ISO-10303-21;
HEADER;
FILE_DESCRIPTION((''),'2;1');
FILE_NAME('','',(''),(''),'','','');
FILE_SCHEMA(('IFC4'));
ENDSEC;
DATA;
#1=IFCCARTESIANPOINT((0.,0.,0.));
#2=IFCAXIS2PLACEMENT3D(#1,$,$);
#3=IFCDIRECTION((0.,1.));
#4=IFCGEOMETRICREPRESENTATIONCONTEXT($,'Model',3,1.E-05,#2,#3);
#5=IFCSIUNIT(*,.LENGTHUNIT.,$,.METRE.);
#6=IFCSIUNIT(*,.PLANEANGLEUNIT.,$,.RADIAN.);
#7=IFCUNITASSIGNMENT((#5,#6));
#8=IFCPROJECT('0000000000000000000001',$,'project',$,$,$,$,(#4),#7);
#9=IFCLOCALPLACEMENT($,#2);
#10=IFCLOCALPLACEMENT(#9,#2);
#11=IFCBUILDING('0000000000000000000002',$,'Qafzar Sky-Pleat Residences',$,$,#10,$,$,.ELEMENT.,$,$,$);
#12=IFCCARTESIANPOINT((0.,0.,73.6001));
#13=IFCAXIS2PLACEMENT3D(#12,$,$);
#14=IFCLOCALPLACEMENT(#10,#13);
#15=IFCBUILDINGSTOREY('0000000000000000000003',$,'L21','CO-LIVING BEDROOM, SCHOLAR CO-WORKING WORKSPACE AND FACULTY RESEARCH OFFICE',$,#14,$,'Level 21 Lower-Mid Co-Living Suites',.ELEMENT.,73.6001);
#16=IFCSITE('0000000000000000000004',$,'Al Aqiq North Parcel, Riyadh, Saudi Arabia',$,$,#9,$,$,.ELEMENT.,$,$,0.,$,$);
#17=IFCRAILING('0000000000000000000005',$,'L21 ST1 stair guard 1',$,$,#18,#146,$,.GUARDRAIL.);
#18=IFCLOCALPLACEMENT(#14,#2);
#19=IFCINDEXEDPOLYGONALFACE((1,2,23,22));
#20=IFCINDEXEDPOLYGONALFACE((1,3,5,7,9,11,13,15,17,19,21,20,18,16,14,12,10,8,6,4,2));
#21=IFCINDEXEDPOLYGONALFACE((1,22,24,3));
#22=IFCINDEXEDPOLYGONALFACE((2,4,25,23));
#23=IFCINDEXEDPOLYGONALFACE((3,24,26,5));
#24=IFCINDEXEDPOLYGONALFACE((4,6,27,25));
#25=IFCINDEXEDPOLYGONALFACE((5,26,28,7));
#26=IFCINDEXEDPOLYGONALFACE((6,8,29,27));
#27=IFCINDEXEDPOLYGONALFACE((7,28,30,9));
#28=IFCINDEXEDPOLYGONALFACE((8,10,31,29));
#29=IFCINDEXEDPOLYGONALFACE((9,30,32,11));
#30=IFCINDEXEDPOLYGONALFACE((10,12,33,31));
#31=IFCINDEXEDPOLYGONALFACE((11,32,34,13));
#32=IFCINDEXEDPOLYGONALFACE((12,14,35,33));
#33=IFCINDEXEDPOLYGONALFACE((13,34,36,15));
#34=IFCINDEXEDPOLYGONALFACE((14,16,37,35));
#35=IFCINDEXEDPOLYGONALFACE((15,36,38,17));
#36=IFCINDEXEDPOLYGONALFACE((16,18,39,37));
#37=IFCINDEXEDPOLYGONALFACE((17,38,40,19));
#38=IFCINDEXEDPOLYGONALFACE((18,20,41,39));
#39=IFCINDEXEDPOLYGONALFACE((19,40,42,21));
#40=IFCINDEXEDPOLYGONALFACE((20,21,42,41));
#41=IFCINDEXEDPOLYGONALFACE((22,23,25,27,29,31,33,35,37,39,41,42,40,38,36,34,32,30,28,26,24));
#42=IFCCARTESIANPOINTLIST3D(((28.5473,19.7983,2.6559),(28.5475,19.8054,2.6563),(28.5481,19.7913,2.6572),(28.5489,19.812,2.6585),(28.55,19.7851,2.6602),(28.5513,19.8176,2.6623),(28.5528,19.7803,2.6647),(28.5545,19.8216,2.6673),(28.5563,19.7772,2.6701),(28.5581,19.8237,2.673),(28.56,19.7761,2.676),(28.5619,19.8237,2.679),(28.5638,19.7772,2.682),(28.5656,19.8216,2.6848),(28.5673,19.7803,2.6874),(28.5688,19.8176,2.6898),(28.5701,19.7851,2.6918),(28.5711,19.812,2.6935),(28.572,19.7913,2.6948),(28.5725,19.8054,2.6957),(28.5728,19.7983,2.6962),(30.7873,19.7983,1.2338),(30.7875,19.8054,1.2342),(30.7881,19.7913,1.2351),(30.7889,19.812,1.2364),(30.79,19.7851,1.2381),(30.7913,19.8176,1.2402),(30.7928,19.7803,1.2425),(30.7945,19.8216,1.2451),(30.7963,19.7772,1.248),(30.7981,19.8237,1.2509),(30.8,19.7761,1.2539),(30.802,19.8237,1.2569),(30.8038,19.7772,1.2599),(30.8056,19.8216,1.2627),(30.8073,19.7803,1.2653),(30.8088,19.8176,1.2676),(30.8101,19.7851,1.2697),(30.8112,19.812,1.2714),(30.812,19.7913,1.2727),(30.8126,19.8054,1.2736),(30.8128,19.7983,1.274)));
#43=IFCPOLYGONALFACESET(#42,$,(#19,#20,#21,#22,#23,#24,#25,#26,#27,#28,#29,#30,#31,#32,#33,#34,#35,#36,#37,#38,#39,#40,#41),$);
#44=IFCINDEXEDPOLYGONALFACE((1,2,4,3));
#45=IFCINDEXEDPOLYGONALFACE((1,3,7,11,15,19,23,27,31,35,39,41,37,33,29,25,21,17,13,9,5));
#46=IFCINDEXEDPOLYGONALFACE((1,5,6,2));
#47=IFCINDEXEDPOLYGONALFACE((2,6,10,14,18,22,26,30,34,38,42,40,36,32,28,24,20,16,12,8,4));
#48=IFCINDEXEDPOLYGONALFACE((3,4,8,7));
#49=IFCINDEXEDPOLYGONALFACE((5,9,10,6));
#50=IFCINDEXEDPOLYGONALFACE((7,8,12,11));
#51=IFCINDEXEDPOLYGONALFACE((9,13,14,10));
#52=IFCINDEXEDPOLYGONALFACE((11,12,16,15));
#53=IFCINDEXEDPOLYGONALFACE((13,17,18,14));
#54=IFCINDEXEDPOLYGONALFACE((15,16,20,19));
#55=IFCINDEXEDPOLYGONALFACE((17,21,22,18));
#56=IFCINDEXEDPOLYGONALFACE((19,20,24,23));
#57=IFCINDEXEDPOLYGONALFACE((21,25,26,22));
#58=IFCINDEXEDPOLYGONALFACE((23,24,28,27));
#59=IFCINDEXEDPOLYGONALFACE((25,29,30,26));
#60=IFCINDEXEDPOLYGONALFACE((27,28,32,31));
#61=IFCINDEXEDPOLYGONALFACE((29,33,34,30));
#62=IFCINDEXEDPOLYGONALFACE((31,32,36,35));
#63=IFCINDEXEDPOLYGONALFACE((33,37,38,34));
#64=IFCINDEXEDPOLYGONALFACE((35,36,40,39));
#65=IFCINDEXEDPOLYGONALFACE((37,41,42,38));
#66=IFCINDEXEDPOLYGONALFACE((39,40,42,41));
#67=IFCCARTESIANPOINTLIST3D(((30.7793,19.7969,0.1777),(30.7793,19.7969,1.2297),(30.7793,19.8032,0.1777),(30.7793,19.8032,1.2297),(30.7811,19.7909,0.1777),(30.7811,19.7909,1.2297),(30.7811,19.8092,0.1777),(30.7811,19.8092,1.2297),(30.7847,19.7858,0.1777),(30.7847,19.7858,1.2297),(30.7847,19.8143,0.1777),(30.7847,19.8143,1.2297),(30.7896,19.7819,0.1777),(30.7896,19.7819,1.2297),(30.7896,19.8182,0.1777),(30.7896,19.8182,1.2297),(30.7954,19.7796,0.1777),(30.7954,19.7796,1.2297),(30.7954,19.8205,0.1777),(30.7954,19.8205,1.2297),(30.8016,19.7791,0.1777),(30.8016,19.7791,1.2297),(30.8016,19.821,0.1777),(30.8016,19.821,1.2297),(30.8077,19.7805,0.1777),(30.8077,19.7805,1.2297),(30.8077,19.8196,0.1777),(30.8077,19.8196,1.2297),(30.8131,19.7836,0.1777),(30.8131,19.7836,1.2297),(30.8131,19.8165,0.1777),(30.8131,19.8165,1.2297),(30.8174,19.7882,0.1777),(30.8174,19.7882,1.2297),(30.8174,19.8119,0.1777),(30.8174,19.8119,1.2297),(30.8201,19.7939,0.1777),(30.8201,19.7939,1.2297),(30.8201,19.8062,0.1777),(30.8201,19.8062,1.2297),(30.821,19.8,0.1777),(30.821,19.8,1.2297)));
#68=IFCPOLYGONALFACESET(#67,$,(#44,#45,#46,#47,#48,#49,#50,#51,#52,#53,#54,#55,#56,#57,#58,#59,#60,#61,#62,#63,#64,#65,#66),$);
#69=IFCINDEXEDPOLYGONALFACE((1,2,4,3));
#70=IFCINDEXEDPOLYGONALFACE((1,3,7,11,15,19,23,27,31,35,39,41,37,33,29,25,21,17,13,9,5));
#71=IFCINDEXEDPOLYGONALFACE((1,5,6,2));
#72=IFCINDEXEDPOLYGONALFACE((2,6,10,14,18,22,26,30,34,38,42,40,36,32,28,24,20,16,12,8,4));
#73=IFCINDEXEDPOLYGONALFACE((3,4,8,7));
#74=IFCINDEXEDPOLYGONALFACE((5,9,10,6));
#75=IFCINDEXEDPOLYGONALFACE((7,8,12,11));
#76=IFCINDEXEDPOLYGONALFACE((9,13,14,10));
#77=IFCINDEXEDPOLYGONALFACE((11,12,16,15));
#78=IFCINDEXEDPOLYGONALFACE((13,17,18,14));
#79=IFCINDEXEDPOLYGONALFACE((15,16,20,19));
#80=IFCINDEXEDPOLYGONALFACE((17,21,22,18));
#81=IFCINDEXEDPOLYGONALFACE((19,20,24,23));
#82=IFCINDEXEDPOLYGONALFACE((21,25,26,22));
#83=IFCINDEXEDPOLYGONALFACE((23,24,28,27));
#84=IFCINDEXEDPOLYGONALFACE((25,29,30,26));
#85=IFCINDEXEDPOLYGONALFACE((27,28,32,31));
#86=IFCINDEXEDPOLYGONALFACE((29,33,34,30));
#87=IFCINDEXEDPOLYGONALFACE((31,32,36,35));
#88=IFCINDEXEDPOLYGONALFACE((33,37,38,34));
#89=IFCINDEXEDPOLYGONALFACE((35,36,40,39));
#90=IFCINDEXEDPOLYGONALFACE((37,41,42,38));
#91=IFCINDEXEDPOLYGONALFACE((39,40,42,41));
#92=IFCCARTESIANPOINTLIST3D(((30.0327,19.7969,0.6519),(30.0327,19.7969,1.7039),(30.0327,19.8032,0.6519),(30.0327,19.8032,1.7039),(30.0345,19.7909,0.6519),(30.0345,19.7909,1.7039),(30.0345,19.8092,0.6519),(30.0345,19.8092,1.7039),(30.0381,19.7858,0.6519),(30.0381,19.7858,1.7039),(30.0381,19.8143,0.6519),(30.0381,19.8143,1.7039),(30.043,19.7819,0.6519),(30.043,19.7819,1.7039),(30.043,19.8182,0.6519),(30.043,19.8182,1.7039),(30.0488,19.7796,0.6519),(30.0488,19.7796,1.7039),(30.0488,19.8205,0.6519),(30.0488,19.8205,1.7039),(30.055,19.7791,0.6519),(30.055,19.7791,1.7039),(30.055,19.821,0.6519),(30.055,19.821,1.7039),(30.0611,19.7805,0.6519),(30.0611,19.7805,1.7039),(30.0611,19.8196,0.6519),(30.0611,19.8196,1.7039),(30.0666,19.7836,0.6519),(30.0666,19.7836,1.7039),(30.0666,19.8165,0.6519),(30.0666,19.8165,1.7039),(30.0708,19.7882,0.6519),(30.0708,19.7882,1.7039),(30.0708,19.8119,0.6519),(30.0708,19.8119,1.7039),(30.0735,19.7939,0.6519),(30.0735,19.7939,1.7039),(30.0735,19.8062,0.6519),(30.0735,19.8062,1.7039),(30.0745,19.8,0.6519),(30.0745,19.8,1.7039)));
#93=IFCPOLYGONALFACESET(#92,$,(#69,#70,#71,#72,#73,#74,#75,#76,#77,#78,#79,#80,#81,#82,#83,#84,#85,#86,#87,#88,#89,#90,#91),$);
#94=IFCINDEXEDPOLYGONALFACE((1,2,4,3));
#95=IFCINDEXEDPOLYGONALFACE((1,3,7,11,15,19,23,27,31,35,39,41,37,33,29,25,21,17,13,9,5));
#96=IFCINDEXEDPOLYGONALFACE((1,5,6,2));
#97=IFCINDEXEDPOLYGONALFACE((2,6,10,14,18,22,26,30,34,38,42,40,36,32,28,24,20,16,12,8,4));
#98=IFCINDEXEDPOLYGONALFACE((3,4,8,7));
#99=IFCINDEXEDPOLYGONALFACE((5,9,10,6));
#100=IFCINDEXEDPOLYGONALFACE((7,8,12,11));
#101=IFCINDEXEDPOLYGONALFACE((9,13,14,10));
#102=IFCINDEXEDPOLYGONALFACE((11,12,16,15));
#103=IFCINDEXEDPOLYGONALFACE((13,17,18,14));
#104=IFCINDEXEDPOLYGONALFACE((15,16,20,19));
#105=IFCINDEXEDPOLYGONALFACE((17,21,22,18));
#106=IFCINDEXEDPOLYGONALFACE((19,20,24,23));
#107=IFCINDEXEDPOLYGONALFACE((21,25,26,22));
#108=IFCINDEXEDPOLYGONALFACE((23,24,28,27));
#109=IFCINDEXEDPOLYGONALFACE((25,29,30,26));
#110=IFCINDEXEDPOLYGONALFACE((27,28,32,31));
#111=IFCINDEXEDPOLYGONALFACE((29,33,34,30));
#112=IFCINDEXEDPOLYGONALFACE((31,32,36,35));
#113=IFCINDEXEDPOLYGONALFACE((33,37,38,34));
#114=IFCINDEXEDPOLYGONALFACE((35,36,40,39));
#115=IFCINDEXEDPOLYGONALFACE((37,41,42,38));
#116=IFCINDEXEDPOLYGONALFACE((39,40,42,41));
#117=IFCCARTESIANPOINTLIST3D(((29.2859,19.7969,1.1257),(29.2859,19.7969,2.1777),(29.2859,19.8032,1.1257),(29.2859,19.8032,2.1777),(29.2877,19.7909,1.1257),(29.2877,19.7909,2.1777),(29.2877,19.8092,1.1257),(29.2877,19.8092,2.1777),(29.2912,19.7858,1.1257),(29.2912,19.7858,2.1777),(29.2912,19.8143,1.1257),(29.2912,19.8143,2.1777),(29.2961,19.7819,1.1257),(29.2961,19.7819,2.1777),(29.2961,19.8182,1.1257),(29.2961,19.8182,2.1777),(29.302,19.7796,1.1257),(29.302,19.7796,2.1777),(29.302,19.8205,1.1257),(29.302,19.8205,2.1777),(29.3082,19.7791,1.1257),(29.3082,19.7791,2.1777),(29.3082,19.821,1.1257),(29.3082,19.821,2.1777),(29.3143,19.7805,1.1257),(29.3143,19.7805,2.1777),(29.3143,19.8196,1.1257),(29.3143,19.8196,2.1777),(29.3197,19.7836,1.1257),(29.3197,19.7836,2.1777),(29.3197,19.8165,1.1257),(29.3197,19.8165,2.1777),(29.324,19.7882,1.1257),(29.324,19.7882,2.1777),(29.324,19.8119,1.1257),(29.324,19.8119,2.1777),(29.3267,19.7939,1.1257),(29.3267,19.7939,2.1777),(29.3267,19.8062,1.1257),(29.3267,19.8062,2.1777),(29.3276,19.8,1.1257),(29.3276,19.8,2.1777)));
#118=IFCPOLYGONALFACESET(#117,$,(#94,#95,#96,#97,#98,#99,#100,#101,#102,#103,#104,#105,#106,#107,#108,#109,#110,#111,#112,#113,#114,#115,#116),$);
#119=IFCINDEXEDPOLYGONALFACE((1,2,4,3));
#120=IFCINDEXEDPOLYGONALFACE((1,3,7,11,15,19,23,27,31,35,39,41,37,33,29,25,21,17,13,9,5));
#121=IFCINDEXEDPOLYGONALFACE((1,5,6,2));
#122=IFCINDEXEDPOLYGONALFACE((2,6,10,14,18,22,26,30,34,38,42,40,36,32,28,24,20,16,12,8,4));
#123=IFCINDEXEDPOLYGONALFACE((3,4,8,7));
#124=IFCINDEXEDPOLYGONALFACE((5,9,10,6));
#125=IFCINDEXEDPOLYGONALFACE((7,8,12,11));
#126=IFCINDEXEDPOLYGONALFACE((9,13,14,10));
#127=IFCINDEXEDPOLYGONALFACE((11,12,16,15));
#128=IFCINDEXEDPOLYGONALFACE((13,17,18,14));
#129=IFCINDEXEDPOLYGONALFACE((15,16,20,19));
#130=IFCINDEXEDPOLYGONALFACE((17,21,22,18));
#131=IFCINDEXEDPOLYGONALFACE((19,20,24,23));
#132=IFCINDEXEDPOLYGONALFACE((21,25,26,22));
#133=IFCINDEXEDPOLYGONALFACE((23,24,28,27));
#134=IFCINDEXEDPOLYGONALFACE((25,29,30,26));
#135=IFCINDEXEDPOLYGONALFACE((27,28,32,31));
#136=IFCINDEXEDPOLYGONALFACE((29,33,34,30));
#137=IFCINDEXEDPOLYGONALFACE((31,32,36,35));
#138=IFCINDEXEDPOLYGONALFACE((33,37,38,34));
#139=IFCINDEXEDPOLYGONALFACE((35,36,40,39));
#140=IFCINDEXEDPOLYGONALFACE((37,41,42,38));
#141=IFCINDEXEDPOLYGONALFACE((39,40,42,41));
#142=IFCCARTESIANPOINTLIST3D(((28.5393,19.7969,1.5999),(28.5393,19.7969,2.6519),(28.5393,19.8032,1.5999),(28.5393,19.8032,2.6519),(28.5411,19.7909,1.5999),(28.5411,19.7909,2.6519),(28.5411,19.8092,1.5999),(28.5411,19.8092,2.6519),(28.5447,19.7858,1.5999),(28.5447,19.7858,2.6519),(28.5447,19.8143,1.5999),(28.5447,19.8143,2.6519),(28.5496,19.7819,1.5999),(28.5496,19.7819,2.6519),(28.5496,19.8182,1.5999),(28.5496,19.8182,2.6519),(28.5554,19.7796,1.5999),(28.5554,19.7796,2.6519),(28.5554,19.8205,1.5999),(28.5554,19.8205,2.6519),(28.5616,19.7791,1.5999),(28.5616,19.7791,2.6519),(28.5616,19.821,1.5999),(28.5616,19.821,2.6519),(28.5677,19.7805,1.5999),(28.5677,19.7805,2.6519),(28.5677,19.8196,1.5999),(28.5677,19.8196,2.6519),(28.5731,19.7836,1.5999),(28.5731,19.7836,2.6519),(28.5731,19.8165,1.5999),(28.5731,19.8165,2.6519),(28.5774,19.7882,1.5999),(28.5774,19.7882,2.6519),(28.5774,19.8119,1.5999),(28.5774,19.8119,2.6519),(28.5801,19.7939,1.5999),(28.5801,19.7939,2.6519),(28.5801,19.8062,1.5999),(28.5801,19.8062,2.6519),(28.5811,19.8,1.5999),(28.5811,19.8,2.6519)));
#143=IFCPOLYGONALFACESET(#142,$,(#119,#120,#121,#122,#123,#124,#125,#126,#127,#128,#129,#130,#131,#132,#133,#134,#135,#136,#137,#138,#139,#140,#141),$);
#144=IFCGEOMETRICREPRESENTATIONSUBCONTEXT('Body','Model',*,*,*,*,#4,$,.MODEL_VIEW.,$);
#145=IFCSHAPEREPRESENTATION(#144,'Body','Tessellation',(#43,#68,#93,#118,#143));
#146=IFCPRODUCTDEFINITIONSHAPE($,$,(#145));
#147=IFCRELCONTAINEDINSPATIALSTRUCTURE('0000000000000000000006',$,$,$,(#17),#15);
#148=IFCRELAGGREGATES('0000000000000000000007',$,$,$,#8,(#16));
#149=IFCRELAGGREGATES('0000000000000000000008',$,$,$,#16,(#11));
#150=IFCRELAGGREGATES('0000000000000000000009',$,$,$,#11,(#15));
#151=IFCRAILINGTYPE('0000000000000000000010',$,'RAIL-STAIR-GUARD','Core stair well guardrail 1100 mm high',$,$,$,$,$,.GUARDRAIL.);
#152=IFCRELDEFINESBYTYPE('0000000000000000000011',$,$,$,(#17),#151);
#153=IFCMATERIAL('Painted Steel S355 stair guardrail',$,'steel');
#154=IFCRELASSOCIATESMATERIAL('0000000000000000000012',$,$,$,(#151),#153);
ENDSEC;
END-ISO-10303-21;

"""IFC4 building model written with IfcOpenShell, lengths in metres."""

from ifc_helpers import new_model, si_unit, direction, frame, origin, origin_2d, place, context, subcontext, project, spatial, circle, extrude, source, transform, mapped, material, type_object, element, save


model = new_model("IFC4")

# Units and contexts
model_context = context("Model", 3, precision=1e-05, world=origin(), true_north=direction((0.0, 1.0)))
body_context = subcontext(model_context, "Body", "Model", "MODEL_VIEW")
ifc_project = project(units=[si_unit("LENGTHUNIT", "METRE"), si_unit("PLANEANGLEUNIT", "RADIAN")], contexts=[model_context])

# Site, building, storey
site_placement = place(None, origin())
site = spatial("IfcSite", under=ifc_project, at=site_placement, Name="Al Aqiq North Parcel, Riyadh, Saudi Arabia", CompositionType="ELEMENT", RefElevation=0.0)
building_placement = place(site_placement, origin())
building = spatial("IfcBuilding", under=site, at=building_placement, Name="Qafzar Sky-Pleat Residences", CompositionType="ELEMENT")
storey_placement = place(building_placement, frame((0.0, 0.0, 73.6001)))
storey = spatial("IfcBuildingStorey", under=building, at=storey_placement, Name="L21", Description="CO-LIVING BEDROOM, SCHOLAR CO-WORKING WORKSPACE AND FACULTY RESEARCH OFFICE", LongName="Level 21 Lower-Mid Co-Living Suites", CompositionType="ELEMENT", Elevation=73.6001)

# Railing
ifc_material_1 = material(Name="Painted Steel S355 stair guardrail", Category="steel")
railing_type_1 = type_object("IfcRailingType", Name="RAIL-STAIR-GUARD", Description="Core stair well guardrail 1100 mm high", PredefinedType="GUARDRAIL", material=ifc_material_1)
shared_shape_1 = source(origin(), body_context, "Body", "SweptSolid", [
    extrude(circle(Radius=0.0239, at=origin_2d()), frame((0.0, 0.0, 1.0762), z_axis=(-0.844229, 0.0, 0.535982), x_axis=(0.0, -1.0, 0.0)), (0.0, 0.0, 1.0), 2.6533),
    extrude(circle(Radius=0.021, at=origin_2d()), origin(), (0.0, 0.0, 1.0), 1.052),
    extrude(circle(Radius=0.021, at=origin_2d()), frame((-0.7466, 0.0, 0.4741)), (0.0, 0.0, 1.0), 1.052),
    extrude(circle(Radius=0.021, at=origin_2d()), frame((-1.4934, 0.0, 0.948)), (0.0, 0.0, 1.0), 1.052),
    extrude(circle(Radius=0.021, at=origin_2d()), frame((-2.24, 0.0, 1.4221)), (0.0, 0.0, 1.0), 1.052),
])
railing_1_placement = place(storey_placement, frame((30.8, 19.8, 0.1777)))
element("IfcRailing", 1, at=railing_1_placement, inside=storey, type_object=railing_type_1, Name="L21 ST1 stair guard 1", PredefinedType="GUARDRAIL", context=body_context, shape_type="MappedRepresentation", body=[
    mapped(shared_shape_1, transform((0.0, 0.0, 0.0), x_axis=(1.0, 0.0, 0.0), y_axis=(0.0, 1.0, 0.0), z_axis=(0.0, 0.0, 1.0), scale=1.0)),
])

save(model, "model.ifc")
